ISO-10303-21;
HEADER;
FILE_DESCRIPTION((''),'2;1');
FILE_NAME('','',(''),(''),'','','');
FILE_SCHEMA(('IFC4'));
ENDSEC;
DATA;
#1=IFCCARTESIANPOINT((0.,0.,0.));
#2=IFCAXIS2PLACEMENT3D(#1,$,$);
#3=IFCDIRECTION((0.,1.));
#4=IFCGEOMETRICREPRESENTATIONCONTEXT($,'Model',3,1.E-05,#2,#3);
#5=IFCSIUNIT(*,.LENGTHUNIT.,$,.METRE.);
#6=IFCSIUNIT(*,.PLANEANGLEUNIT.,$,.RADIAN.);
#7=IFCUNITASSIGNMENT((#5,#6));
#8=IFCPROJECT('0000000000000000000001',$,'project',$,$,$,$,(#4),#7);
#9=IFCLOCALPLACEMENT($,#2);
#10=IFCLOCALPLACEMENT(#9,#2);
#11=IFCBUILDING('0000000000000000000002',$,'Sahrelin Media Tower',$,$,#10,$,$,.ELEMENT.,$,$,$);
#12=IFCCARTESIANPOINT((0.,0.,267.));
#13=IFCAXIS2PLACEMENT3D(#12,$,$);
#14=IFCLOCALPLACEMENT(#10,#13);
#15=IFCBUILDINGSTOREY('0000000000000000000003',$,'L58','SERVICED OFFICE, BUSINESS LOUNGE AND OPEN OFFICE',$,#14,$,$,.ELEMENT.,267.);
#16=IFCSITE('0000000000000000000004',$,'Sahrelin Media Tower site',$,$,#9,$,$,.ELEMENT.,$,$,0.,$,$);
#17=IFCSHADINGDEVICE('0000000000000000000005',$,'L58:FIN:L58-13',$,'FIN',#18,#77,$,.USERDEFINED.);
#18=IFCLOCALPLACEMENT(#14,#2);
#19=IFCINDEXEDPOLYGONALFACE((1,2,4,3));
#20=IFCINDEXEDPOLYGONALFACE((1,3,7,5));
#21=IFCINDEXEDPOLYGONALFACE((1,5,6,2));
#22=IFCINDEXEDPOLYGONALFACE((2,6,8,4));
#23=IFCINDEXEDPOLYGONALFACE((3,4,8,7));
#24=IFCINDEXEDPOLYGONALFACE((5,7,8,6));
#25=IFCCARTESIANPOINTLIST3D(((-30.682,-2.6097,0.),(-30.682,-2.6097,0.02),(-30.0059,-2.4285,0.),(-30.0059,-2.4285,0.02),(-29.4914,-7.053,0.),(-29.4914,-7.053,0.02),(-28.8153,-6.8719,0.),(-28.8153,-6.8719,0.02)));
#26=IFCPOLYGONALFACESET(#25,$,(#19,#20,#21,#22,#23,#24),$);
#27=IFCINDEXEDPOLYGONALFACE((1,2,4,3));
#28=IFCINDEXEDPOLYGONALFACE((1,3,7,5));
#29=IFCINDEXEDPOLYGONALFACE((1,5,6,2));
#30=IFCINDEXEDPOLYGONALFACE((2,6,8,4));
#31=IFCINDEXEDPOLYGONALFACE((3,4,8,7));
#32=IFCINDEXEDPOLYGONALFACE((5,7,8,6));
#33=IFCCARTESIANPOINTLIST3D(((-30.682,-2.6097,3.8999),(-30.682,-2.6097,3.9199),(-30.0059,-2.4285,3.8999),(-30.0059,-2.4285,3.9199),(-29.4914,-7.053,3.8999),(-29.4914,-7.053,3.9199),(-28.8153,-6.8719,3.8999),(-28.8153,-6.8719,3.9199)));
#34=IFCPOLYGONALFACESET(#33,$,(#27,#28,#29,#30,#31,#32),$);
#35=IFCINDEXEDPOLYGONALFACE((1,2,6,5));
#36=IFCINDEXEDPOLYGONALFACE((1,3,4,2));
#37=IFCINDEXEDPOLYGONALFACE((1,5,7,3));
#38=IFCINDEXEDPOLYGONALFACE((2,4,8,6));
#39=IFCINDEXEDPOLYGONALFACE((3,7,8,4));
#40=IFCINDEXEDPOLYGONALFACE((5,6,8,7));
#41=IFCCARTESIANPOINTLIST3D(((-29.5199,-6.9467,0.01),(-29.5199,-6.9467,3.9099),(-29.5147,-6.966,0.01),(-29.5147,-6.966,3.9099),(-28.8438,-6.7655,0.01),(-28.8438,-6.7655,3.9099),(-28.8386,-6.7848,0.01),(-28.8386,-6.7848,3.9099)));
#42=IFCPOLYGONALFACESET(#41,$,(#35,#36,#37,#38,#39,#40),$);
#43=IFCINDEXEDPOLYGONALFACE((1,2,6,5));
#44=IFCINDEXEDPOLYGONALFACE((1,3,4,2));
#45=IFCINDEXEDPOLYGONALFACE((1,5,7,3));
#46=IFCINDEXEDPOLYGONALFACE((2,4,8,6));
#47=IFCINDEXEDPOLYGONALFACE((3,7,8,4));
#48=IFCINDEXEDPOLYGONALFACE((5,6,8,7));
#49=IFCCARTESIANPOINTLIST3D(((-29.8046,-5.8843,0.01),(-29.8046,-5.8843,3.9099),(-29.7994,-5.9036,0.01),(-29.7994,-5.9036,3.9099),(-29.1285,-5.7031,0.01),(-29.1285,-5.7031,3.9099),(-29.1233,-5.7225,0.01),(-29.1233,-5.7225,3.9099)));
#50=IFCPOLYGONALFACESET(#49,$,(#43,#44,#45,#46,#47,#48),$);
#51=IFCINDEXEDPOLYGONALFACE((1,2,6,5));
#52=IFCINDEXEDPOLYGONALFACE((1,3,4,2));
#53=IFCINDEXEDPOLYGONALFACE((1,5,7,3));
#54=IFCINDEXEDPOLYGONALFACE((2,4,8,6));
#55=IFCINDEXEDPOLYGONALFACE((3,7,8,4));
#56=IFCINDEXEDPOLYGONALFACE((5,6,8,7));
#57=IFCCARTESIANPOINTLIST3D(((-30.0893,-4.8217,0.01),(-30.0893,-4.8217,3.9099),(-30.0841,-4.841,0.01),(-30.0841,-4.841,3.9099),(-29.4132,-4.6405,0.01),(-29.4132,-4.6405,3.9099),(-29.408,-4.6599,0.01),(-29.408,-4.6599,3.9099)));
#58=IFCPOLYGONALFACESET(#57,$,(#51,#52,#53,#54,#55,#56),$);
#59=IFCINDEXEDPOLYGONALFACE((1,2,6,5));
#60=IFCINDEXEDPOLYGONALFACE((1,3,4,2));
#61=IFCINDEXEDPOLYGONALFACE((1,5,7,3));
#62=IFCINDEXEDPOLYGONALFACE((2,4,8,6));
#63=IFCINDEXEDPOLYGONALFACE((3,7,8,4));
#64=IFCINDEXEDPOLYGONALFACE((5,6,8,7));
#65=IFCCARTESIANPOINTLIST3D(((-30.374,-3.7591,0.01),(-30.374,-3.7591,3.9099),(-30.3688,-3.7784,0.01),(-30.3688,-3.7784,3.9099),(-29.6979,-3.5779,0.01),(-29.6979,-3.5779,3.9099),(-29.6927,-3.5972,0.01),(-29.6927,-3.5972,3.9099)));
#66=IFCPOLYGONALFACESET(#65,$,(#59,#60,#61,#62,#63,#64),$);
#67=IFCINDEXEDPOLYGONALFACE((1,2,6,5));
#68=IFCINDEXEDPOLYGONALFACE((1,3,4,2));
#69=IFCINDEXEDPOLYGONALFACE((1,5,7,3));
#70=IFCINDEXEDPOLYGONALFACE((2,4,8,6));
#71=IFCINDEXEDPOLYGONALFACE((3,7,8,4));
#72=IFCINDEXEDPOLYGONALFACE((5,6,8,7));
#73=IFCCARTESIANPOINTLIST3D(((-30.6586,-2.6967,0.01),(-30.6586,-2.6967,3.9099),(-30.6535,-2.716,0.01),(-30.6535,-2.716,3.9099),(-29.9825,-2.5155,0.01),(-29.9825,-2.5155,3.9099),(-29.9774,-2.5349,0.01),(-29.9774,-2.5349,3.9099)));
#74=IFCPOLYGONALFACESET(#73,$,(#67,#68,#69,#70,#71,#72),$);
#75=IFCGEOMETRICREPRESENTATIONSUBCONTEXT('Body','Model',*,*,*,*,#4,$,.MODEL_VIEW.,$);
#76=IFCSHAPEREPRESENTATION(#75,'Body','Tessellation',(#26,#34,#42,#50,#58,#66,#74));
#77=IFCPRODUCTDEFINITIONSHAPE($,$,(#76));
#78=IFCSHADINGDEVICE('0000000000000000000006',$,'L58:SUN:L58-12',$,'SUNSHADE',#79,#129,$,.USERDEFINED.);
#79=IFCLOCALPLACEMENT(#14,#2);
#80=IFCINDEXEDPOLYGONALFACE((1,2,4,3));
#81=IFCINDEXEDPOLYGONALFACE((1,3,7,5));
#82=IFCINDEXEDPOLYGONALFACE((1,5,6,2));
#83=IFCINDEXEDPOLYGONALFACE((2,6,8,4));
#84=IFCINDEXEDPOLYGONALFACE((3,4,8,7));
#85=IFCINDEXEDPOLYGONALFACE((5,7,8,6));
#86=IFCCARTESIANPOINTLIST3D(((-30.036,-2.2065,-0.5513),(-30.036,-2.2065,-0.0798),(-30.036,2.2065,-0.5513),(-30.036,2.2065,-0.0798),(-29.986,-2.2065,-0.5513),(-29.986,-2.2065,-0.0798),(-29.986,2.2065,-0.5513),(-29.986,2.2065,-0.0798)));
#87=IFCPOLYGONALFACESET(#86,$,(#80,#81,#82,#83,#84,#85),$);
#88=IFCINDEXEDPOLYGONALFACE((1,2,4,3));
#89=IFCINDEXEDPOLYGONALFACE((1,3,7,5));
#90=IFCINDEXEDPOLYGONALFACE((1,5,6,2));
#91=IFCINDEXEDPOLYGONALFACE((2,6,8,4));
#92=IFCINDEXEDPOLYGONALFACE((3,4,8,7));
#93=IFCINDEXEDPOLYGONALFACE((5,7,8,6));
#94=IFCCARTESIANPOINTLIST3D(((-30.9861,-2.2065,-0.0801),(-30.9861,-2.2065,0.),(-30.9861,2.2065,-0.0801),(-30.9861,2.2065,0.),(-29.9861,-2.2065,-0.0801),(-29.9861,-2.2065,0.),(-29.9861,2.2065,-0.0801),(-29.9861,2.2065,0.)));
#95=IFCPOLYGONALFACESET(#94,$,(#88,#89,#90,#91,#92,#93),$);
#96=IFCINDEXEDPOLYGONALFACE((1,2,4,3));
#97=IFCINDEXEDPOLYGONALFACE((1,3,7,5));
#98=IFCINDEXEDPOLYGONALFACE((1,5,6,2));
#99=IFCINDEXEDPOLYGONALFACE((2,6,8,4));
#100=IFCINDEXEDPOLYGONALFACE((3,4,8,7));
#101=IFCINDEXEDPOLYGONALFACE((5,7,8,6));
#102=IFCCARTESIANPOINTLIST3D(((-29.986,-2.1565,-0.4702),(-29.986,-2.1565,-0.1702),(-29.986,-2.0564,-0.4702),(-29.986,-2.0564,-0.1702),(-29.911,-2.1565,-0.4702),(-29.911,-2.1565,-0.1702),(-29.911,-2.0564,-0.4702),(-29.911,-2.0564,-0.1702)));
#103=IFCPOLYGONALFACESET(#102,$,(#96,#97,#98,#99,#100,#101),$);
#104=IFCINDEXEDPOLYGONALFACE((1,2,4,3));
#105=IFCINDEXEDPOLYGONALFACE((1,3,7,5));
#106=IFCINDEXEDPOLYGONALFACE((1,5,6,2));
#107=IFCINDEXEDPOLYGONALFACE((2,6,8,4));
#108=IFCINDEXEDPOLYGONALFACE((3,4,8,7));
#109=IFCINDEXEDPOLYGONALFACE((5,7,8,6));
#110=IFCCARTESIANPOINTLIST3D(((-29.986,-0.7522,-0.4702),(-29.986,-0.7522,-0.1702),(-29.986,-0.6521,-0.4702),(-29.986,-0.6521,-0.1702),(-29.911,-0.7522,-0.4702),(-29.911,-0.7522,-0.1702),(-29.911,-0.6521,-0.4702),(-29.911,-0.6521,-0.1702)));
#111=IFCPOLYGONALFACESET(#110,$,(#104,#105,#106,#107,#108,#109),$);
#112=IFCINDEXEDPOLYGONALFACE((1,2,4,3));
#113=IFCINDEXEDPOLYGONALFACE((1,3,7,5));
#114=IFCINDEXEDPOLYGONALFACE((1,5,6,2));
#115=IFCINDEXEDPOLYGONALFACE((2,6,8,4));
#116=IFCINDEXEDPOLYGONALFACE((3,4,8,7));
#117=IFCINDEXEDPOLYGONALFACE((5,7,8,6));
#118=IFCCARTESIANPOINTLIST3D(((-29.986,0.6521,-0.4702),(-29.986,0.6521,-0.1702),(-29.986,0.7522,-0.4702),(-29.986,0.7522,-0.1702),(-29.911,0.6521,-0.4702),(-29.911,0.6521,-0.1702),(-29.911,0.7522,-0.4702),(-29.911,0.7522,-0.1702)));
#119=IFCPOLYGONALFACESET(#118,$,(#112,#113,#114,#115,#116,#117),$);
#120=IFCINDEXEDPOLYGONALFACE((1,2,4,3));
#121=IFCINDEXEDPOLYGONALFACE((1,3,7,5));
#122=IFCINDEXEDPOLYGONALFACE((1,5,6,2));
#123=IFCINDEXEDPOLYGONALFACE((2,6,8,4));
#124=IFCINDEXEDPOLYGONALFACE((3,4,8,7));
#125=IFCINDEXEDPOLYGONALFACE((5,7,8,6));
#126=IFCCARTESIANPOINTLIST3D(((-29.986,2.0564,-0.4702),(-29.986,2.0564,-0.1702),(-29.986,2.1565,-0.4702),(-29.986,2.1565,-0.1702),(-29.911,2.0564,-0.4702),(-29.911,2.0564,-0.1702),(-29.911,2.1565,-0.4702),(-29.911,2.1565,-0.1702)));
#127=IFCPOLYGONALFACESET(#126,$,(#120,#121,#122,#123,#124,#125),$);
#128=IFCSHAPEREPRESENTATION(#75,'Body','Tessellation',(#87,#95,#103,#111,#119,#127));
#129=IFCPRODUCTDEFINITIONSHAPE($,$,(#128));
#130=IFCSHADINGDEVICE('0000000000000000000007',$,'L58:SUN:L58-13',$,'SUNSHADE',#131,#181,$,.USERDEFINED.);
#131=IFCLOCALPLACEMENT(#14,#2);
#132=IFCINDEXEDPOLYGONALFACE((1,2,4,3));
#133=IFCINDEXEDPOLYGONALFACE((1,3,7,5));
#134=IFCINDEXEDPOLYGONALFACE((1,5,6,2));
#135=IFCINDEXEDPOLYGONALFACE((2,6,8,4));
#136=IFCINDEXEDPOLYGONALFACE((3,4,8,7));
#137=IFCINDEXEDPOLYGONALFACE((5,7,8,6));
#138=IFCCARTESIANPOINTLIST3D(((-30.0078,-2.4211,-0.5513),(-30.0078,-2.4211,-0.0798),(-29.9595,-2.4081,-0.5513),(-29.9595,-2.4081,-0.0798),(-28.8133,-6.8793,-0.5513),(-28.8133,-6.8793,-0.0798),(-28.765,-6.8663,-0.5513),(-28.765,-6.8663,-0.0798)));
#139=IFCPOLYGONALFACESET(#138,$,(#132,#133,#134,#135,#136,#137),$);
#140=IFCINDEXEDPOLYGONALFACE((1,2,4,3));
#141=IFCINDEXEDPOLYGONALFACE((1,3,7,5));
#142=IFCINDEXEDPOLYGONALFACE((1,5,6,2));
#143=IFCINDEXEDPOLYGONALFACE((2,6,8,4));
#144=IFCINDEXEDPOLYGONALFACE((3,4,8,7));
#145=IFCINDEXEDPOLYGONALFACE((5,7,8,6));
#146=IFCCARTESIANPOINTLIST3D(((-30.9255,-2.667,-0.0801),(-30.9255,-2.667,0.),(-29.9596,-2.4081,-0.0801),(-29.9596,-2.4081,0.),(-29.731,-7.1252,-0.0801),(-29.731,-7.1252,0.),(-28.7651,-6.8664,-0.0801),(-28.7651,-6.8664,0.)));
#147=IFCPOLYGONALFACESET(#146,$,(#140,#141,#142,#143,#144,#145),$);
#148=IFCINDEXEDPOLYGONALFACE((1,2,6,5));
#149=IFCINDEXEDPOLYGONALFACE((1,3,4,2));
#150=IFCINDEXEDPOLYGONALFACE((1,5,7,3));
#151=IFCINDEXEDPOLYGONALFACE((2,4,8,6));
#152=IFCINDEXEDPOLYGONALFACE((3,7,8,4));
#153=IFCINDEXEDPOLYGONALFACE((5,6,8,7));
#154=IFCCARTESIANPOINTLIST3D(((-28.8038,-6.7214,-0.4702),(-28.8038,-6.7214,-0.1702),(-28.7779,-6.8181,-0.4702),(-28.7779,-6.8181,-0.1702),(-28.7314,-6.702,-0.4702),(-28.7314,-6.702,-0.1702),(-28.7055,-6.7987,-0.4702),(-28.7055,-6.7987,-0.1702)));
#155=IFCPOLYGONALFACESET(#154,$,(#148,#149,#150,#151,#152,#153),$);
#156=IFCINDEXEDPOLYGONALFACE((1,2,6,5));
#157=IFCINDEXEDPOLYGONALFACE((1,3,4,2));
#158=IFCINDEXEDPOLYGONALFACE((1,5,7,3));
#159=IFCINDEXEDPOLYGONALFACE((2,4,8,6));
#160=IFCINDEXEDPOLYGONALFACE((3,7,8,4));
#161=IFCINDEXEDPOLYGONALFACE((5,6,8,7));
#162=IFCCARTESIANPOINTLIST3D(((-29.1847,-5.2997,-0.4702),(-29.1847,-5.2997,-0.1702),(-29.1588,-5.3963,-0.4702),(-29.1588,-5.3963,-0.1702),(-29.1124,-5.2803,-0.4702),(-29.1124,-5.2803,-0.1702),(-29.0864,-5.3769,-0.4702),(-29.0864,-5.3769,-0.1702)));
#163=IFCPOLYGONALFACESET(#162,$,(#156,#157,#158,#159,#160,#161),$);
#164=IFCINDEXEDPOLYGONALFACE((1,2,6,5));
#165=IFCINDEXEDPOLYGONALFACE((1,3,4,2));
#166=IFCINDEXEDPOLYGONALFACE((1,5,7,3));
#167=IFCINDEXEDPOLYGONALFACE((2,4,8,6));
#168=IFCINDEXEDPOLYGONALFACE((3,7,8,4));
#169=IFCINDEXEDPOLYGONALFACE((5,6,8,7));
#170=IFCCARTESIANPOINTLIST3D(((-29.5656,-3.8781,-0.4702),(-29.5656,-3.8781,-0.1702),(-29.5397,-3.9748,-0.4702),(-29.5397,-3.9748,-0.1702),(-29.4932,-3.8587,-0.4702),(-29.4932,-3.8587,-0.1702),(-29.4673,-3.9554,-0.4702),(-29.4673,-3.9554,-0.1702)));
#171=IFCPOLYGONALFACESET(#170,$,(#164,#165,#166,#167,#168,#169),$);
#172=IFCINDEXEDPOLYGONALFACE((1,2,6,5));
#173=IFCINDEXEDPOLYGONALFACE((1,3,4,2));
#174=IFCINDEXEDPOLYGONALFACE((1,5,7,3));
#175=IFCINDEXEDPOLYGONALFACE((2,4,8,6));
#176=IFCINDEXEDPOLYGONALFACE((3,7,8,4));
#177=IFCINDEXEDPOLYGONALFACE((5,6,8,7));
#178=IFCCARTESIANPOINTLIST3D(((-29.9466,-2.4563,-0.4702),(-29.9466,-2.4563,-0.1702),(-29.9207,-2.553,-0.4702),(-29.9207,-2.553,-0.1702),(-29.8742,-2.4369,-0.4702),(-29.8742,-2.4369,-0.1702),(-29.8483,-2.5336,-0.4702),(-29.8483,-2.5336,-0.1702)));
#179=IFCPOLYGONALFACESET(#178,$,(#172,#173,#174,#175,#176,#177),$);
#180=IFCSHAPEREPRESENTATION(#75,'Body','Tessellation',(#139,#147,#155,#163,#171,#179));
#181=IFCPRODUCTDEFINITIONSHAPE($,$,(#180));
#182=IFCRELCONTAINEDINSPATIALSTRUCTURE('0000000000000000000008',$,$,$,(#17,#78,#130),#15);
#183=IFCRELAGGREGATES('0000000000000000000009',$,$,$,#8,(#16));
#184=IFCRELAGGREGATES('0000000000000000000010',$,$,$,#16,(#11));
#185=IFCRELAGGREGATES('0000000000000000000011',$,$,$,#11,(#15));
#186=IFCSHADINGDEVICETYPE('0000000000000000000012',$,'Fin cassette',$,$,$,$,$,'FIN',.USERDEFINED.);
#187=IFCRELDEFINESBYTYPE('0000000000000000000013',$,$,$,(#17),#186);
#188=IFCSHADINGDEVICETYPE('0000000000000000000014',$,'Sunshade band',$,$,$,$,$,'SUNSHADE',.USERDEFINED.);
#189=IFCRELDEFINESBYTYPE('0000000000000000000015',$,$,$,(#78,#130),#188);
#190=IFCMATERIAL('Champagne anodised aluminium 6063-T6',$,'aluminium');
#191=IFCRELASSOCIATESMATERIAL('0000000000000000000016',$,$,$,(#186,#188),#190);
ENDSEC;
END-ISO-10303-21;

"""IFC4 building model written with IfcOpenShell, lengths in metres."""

from ifc_helpers import new_model, si_unit, direction, frame, origin, origin_2d, place, context, subcontext, project, spatial, rectangle, extrude, material, type_object, element, save


model = new_model("IFC4")

# Units and contexts
model_context = context("Model", 3, precision=1e-05, world=origin(), true_north=direction((0.0, 1.0)))
body_context = subcontext(model_context, "Body", "Model", "MODEL_VIEW")
ifc_project = project(units=[si_unit("LENGTHUNIT", "METRE"), si_unit("PLANEANGLEUNIT", "RADIAN")], contexts=[model_context])

# Site, building, storey
site_placement = place(None, origin())
site = spatial("IfcSite", under=ifc_project, at=site_placement, Name="Sahrelin Media Tower site", CompositionType="ELEMENT", RefElevation=0.0)
building_placement = place(site_placement, origin())
building = spatial("IfcBuilding", under=site, at=building_placement, Name="Sahrelin Media Tower", CompositionType="ELEMENT")
storey_placement = place(building_placement, frame((0.0, 0.0, 267.0)))
storey = spatial("IfcBuildingStorey", under=building, at=storey_placement, Name="L58", Description="SERVICED OFFICE, BUSINESS LOUNGE AND OPEN OFFICE", CompositionType="ELEMENT", Elevation=267.0)

# Shared definitions
ifc_material_1 = material(Name="Champagne anodised aluminium 6063-T6", Category="aluminium")

# Shading devices
shading_device_type_1 = type_object("IfcShadingDeviceType", Name="Fin cassette", ElementType="FIN", PredefinedType="USERDEFINED", material=ifc_material_1)
placement_1 = place(storey_placement, frame((-29.9661, 0.0, 0.0), z_axis=(0.0, 0.0, 1.0), x_axis=(0.0, 1.0, 0.0)))
placement_2 = place(storey_placement, frame((-29.343, -4.6321, 0.0), z_axis=(0.0, 0.0, 1.0), x_axis=(-0.258808, 0.965929, 0.0)))
element("IfcShadingDevice", 1, at=placement_2, inside=storey, type_object=shading_device_type_1, Name="L58:FIN:L58-13", ObjectType="FIN", PredefinedType="USERDEFINED", context=body_context, shape_type="SweptSolid", body=[
    extrude(rectangle(XDim=4.6001, YDim=0.7, at=origin_2d()), frame((0.0, 0.4199, 0.0)), (0.0, 0.0, 1.0), 0.02),
    extrude(rectangle(XDim=4.6001, YDim=0.7, at=origin_2d()), frame((0.0, 0.4199, 3.8999)), (0.0, 0.0, 1.0), 0.02),
    extrude(rectangle(XDim=0.02, YDim=0.7, at=origin_2d()), frame((-2.2, 0.4199, 0.01), z_axis=(0.0, 0.0, 1.0), x_axis=(1.0, 0.0, 0.0)), (0.0, 0.0, 1.0), 3.8999),
    extrude(rectangle(XDim=0.02, YDim=0.7, at=origin_2d()), frame((-1.1001, 0.4199, 0.01), z_axis=(0.0, 0.0, 1.0), x_axis=(1.0, 0.0, 0.0)), (0.0, 0.0, 1.0), 3.8999),
    extrude(rectangle(XDim=0.02, YDim=0.7, at=origin_2d()), frame((0.0, 0.4199, 0.01), z_axis=(0.0, 0.0, 1.0), x_axis=(1.0, 0.0, 0.0)), (0.0, 0.0, 1.0), 3.8999),
    extrude(rectangle(XDim=0.02, YDim=0.7, at=origin_2d()), frame((1.1001, 0.4199, 0.01), z_axis=(0.0, 0.0, 1.0), x_axis=(1.0, 0.0, 0.0)), (0.0, 0.0, 1.0), 3.8999),
    extrude(rectangle(XDim=0.02, YDim=0.7, at=origin_2d()), frame((2.2, 0.4199, 0.01), z_axis=(0.0, 0.0, 1.0), x_axis=(1.0, 0.0, 0.0)), (0.0, 0.0, 1.0), 3.8999),
])
shading_device_type_2 = type_object("IfcShadingDeviceType", Name="Sunshade band", ElementType="SUNSHADE", PredefinedType="USERDEFINED", material=ifc_material_1)
element("IfcShadingDevice", 2, at=placement_1, inside=storey, type_object=shading_device_type_2, Name="L58:SUN:L58-12", ObjectType="SUNSHADE", PredefinedType="USERDEFINED", context=body_context, shape_type="SweptSolid", body=[
    extrude(rectangle(XDim=4.4131, YDim=0.05, at=origin_2d()), frame((0.0, 0.0449, -0.5513)), (0.0, 0.0, 1.0), 0.4714),
    extrude(rectangle(XDim=4.4131, YDim=1.0, at=origin_2d()), frame((0.0, 0.52, -0.0801)), (0.0, 0.0, 1.0), 0.0801),
    extrude(rectangle(XDim=0.1001, YDim=0.075, at=origin_2d()), frame((-2.1064, -0.0176, -0.4702)), (0.0, 0.0, 1.0), 0.3),
    extrude(rectangle(XDim=0.1001, YDim=0.075, at=origin_2d()), frame((-0.7021, -0.0176, -0.4702)), (0.0, 0.0, 1.0), 0.3),
    extrude(rectangle(XDim=0.1001, YDim=0.075, at=origin_2d()), frame((0.7021, -0.0176, -0.4702)), (0.0, 0.0, 1.0), 0.3),
    extrude(rectangle(XDim=0.1001, YDim=0.075, at=origin_2d()), frame((2.1064, -0.0176, -0.4702)), (0.0, 0.0, 1.0), 0.3),
])
element("IfcShadingDevice", 3, at=placement_2, inside=storey, type_object=shading_device_type_2, Name="L58:SUN:L58-13", ObjectType="SUNSHADE", PredefinedType="USERDEFINED", context=body_context, shape_type="SweptSolid", body=[
    extrude(rectangle(XDim=4.6155, YDim=0.05, at=origin_2d()), frame((0.0, 0.0449, -0.5513)), (0.0, 0.0, 1.0), 0.4714),
    extrude(rectangle(XDim=4.6155, YDim=1.0, at=origin_2d()), frame((0.0, 0.52, -0.0801)), (0.0, 0.0, 1.0), 0.0801),
    extrude(rectangle(XDim=0.1001, YDim=0.075, at=origin_2d()), frame((-2.2078, -0.0176, -0.4702)), (0.0, 0.0, 1.0), 0.3),
    extrude(rectangle(XDim=0.1001, YDim=0.075, at=origin_2d()), frame((-0.7358, -0.0176, -0.4702)), (0.0, 0.0, 1.0), 0.3),
    extrude(rectangle(XDim=0.1001, YDim=0.075, at=origin_2d()), frame((0.7358, -0.0176, -0.4702)), (0.0, 0.0, 1.0), 0.3),
    extrude(rectangle(XDim=0.1001, YDim=0.075, at=origin_2d()), frame((2.2078, -0.0176, -0.4702)), (0.0, 0.0, 1.0), 0.3),
])

save(model, "model.ifc")
